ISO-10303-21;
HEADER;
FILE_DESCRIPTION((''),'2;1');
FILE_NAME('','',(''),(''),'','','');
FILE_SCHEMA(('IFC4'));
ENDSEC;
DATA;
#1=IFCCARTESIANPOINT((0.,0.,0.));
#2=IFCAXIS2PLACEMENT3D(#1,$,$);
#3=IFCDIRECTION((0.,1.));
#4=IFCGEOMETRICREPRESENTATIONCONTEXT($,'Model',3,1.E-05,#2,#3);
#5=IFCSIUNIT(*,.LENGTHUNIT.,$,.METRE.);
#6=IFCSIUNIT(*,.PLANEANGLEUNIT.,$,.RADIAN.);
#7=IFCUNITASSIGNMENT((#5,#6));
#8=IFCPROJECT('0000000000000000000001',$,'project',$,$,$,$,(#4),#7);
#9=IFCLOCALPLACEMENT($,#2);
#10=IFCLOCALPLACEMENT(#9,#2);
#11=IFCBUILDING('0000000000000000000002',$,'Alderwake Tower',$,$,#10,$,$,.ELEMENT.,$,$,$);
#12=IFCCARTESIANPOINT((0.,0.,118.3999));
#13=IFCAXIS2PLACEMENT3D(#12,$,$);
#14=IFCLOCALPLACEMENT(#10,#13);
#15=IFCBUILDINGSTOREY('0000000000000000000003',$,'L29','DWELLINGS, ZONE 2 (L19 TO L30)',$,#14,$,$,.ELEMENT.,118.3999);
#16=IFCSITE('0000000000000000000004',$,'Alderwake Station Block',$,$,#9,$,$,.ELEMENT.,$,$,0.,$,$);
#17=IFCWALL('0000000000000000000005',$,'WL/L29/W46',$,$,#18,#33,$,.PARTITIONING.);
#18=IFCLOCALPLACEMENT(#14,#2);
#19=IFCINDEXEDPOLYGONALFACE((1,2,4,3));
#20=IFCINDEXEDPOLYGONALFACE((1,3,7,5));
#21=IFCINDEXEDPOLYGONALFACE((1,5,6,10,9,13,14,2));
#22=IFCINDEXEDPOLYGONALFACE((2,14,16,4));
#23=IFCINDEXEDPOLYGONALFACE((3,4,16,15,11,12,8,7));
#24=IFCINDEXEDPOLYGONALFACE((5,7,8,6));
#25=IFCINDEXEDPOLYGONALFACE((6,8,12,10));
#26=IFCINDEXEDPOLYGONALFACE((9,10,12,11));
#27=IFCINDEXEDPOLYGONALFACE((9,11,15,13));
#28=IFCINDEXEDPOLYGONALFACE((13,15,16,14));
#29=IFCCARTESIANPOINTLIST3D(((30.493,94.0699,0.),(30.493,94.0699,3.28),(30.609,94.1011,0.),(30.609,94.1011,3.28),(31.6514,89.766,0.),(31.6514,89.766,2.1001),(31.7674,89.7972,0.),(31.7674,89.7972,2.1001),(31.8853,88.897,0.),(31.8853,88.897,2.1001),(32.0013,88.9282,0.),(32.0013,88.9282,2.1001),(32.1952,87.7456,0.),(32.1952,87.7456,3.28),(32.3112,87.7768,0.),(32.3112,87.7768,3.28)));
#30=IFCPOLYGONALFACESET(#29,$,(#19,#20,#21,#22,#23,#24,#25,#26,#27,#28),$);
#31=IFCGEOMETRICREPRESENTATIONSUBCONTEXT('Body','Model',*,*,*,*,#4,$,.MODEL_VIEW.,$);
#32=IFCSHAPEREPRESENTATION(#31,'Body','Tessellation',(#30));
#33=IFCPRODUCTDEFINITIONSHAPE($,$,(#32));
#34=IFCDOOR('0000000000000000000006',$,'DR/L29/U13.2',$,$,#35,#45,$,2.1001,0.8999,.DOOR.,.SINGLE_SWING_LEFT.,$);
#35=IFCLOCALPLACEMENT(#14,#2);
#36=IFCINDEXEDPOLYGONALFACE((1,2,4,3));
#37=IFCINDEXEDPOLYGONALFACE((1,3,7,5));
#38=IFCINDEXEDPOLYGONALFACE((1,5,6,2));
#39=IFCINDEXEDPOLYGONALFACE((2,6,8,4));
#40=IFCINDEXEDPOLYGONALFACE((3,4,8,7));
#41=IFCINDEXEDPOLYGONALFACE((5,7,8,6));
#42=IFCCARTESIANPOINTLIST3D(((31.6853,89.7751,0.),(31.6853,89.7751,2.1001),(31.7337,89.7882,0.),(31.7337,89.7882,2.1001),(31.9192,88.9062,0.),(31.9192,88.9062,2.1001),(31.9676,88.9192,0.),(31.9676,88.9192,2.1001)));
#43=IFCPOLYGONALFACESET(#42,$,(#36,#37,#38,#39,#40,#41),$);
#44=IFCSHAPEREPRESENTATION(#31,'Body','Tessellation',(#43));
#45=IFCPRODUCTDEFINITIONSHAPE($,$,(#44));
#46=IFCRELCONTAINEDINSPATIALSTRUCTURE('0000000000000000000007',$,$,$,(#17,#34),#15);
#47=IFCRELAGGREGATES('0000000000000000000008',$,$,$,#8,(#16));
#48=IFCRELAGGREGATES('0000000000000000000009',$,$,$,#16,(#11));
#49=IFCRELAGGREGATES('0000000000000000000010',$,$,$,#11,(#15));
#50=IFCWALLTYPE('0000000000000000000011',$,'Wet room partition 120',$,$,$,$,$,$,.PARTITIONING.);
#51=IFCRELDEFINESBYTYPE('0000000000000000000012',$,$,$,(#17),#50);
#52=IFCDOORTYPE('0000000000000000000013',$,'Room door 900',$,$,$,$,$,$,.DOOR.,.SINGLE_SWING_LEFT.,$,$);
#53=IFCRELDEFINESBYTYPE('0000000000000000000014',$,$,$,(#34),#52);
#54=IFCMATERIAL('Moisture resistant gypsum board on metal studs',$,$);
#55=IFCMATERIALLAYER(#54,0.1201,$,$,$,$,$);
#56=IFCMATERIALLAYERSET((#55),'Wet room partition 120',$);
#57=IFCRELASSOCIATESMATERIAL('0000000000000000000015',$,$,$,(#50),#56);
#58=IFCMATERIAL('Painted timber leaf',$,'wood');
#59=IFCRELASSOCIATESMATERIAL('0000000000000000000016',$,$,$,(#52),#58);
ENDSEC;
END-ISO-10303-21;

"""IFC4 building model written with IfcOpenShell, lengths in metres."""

from ifc_helpers import new_model, si_unit, direction, frame, frame_2d, origin, place, context, subcontext, project, spatial, rectangle, extrude, material, layer, layer_set, type_object, element, fill, save


model = new_model("IFC4")

# Units and contexts
model_context = context("Model", 3, precision=1e-05, world=origin(), true_north=direction((0.0, 1.0)))
body_context = subcontext(model_context, "Body", "Model", "MODEL_VIEW")
ifc_project = project(units=[si_unit("LENGTHUNIT", "METRE"), si_unit("PLANEANGLEUNIT", "RADIAN")], contexts=[model_context])

# Site, building, storey
site_placement = place(None, origin())
site = spatial("IfcSite", under=ifc_project, at=site_placement, Name="Alderwake Station Block", CompositionType="ELEMENT", RefElevation=0.0)
building_placement = place(site_placement, origin())
building = spatial("IfcBuilding", under=site, at=building_placement, Name="Alderwake Tower", CompositionType="ELEMENT")
storey_placement = place(building_placement, frame((0.0, 0.0, 118.3999)))
storey = spatial("IfcBuildingStorey", under=building, at=storey_placement, Name="L29", Description="DWELLINGS, ZONE 2 (L19 TO L30)", CompositionType="ELEMENT", Elevation=118.3999)

# Shared definitions
ifc_material_1 = material(Name="Moisture resistant gypsum board on metal studs")
ifc_layer_1 = layer(ifc_material_1, 0.1201)
ifc_layer_set_1 = layer_set([ifc_layer_1], Name="Wet room partition 120")
wall_type_1 = type_object("IfcWallType", Name="Wet room partition 120", PredefinedType="PARTITIONING", material=ifc_layer_set_1)

# Wall, opening, door
wall_1_placement = place(storey_placement, frame((32.2532, 87.7612, 0.0), z_axis=(0.0, 0.0, 1.0), x_axis=(-0.259899, 0.965636, 0.0)))
wall_1 = element("IfcWall", 1, at=wall_1_placement, inside=storey, type_object=wall_type_1, Name="WL/L29/W46", PredefinedType="PARTITIONING", context=body_context, shape_type="SweptSolid", body=[
    extrude(rectangle(XDim=6.5493, YDim=0.1201, at=frame_2d((3.2747, 0.0))), origin(), (0.0, 0.0, 1.0), 3.28),
])
opening_1_placement = place(wall_1_placement, frame((1.1924, 0.0, 0.0)))
opening_1 = element("IfcOpeningElement", 2, at=opening_1_placement, cuts=wall_1, PredefinedType="OPENING", context=body_context, shape_type="SweptSolid", body=[
    extrude(rectangle(XDim=0.8999, YDim=2.1001, at=frame_2d((0.45, 1.05))), frame((0.0, 0.0701, 0.0), z_axis=(0.0, -1.0, 0.0), x_axis=(1.0, 0.0, 0.0)), (0.0, 0.0, 1.0), 0.1401),
])
ifc_material_2 = material(Name="Painted timber leaf", Category="wood")
door_type_1 = type_object("IfcDoorType", Name="Room door 900", OperationType="SINGLE_SWING_LEFT", PredefinedType="DOOR", material=ifc_material_2)
door_1_placement = place(opening_1_placement, origin())
door_1 = element("IfcDoor", 3, at=door_1_placement, inside=storey, type_object=door_type_1, Name="DR/L29/U13.2", OperationType="SINGLE_SWING_LEFT", OverallHeight=2.1001, OverallWidth=0.8999, PredefinedType="DOOR", context=body_context, shape_type="SweptSolid", body=[
    extrude(rectangle(XDim=0.8999, YDim=2.1001, at=frame_2d((0.45, 1.05))), frame((0.0, 0.0249, 0.0), z_axis=(0.0, -1.0, 0.0), x_axis=(1.0, 0.0, 0.0)), (0.0, 0.0, 1.0), 0.05),
])
fill(opening_1, door_1)

save(model, "model.ifc")
